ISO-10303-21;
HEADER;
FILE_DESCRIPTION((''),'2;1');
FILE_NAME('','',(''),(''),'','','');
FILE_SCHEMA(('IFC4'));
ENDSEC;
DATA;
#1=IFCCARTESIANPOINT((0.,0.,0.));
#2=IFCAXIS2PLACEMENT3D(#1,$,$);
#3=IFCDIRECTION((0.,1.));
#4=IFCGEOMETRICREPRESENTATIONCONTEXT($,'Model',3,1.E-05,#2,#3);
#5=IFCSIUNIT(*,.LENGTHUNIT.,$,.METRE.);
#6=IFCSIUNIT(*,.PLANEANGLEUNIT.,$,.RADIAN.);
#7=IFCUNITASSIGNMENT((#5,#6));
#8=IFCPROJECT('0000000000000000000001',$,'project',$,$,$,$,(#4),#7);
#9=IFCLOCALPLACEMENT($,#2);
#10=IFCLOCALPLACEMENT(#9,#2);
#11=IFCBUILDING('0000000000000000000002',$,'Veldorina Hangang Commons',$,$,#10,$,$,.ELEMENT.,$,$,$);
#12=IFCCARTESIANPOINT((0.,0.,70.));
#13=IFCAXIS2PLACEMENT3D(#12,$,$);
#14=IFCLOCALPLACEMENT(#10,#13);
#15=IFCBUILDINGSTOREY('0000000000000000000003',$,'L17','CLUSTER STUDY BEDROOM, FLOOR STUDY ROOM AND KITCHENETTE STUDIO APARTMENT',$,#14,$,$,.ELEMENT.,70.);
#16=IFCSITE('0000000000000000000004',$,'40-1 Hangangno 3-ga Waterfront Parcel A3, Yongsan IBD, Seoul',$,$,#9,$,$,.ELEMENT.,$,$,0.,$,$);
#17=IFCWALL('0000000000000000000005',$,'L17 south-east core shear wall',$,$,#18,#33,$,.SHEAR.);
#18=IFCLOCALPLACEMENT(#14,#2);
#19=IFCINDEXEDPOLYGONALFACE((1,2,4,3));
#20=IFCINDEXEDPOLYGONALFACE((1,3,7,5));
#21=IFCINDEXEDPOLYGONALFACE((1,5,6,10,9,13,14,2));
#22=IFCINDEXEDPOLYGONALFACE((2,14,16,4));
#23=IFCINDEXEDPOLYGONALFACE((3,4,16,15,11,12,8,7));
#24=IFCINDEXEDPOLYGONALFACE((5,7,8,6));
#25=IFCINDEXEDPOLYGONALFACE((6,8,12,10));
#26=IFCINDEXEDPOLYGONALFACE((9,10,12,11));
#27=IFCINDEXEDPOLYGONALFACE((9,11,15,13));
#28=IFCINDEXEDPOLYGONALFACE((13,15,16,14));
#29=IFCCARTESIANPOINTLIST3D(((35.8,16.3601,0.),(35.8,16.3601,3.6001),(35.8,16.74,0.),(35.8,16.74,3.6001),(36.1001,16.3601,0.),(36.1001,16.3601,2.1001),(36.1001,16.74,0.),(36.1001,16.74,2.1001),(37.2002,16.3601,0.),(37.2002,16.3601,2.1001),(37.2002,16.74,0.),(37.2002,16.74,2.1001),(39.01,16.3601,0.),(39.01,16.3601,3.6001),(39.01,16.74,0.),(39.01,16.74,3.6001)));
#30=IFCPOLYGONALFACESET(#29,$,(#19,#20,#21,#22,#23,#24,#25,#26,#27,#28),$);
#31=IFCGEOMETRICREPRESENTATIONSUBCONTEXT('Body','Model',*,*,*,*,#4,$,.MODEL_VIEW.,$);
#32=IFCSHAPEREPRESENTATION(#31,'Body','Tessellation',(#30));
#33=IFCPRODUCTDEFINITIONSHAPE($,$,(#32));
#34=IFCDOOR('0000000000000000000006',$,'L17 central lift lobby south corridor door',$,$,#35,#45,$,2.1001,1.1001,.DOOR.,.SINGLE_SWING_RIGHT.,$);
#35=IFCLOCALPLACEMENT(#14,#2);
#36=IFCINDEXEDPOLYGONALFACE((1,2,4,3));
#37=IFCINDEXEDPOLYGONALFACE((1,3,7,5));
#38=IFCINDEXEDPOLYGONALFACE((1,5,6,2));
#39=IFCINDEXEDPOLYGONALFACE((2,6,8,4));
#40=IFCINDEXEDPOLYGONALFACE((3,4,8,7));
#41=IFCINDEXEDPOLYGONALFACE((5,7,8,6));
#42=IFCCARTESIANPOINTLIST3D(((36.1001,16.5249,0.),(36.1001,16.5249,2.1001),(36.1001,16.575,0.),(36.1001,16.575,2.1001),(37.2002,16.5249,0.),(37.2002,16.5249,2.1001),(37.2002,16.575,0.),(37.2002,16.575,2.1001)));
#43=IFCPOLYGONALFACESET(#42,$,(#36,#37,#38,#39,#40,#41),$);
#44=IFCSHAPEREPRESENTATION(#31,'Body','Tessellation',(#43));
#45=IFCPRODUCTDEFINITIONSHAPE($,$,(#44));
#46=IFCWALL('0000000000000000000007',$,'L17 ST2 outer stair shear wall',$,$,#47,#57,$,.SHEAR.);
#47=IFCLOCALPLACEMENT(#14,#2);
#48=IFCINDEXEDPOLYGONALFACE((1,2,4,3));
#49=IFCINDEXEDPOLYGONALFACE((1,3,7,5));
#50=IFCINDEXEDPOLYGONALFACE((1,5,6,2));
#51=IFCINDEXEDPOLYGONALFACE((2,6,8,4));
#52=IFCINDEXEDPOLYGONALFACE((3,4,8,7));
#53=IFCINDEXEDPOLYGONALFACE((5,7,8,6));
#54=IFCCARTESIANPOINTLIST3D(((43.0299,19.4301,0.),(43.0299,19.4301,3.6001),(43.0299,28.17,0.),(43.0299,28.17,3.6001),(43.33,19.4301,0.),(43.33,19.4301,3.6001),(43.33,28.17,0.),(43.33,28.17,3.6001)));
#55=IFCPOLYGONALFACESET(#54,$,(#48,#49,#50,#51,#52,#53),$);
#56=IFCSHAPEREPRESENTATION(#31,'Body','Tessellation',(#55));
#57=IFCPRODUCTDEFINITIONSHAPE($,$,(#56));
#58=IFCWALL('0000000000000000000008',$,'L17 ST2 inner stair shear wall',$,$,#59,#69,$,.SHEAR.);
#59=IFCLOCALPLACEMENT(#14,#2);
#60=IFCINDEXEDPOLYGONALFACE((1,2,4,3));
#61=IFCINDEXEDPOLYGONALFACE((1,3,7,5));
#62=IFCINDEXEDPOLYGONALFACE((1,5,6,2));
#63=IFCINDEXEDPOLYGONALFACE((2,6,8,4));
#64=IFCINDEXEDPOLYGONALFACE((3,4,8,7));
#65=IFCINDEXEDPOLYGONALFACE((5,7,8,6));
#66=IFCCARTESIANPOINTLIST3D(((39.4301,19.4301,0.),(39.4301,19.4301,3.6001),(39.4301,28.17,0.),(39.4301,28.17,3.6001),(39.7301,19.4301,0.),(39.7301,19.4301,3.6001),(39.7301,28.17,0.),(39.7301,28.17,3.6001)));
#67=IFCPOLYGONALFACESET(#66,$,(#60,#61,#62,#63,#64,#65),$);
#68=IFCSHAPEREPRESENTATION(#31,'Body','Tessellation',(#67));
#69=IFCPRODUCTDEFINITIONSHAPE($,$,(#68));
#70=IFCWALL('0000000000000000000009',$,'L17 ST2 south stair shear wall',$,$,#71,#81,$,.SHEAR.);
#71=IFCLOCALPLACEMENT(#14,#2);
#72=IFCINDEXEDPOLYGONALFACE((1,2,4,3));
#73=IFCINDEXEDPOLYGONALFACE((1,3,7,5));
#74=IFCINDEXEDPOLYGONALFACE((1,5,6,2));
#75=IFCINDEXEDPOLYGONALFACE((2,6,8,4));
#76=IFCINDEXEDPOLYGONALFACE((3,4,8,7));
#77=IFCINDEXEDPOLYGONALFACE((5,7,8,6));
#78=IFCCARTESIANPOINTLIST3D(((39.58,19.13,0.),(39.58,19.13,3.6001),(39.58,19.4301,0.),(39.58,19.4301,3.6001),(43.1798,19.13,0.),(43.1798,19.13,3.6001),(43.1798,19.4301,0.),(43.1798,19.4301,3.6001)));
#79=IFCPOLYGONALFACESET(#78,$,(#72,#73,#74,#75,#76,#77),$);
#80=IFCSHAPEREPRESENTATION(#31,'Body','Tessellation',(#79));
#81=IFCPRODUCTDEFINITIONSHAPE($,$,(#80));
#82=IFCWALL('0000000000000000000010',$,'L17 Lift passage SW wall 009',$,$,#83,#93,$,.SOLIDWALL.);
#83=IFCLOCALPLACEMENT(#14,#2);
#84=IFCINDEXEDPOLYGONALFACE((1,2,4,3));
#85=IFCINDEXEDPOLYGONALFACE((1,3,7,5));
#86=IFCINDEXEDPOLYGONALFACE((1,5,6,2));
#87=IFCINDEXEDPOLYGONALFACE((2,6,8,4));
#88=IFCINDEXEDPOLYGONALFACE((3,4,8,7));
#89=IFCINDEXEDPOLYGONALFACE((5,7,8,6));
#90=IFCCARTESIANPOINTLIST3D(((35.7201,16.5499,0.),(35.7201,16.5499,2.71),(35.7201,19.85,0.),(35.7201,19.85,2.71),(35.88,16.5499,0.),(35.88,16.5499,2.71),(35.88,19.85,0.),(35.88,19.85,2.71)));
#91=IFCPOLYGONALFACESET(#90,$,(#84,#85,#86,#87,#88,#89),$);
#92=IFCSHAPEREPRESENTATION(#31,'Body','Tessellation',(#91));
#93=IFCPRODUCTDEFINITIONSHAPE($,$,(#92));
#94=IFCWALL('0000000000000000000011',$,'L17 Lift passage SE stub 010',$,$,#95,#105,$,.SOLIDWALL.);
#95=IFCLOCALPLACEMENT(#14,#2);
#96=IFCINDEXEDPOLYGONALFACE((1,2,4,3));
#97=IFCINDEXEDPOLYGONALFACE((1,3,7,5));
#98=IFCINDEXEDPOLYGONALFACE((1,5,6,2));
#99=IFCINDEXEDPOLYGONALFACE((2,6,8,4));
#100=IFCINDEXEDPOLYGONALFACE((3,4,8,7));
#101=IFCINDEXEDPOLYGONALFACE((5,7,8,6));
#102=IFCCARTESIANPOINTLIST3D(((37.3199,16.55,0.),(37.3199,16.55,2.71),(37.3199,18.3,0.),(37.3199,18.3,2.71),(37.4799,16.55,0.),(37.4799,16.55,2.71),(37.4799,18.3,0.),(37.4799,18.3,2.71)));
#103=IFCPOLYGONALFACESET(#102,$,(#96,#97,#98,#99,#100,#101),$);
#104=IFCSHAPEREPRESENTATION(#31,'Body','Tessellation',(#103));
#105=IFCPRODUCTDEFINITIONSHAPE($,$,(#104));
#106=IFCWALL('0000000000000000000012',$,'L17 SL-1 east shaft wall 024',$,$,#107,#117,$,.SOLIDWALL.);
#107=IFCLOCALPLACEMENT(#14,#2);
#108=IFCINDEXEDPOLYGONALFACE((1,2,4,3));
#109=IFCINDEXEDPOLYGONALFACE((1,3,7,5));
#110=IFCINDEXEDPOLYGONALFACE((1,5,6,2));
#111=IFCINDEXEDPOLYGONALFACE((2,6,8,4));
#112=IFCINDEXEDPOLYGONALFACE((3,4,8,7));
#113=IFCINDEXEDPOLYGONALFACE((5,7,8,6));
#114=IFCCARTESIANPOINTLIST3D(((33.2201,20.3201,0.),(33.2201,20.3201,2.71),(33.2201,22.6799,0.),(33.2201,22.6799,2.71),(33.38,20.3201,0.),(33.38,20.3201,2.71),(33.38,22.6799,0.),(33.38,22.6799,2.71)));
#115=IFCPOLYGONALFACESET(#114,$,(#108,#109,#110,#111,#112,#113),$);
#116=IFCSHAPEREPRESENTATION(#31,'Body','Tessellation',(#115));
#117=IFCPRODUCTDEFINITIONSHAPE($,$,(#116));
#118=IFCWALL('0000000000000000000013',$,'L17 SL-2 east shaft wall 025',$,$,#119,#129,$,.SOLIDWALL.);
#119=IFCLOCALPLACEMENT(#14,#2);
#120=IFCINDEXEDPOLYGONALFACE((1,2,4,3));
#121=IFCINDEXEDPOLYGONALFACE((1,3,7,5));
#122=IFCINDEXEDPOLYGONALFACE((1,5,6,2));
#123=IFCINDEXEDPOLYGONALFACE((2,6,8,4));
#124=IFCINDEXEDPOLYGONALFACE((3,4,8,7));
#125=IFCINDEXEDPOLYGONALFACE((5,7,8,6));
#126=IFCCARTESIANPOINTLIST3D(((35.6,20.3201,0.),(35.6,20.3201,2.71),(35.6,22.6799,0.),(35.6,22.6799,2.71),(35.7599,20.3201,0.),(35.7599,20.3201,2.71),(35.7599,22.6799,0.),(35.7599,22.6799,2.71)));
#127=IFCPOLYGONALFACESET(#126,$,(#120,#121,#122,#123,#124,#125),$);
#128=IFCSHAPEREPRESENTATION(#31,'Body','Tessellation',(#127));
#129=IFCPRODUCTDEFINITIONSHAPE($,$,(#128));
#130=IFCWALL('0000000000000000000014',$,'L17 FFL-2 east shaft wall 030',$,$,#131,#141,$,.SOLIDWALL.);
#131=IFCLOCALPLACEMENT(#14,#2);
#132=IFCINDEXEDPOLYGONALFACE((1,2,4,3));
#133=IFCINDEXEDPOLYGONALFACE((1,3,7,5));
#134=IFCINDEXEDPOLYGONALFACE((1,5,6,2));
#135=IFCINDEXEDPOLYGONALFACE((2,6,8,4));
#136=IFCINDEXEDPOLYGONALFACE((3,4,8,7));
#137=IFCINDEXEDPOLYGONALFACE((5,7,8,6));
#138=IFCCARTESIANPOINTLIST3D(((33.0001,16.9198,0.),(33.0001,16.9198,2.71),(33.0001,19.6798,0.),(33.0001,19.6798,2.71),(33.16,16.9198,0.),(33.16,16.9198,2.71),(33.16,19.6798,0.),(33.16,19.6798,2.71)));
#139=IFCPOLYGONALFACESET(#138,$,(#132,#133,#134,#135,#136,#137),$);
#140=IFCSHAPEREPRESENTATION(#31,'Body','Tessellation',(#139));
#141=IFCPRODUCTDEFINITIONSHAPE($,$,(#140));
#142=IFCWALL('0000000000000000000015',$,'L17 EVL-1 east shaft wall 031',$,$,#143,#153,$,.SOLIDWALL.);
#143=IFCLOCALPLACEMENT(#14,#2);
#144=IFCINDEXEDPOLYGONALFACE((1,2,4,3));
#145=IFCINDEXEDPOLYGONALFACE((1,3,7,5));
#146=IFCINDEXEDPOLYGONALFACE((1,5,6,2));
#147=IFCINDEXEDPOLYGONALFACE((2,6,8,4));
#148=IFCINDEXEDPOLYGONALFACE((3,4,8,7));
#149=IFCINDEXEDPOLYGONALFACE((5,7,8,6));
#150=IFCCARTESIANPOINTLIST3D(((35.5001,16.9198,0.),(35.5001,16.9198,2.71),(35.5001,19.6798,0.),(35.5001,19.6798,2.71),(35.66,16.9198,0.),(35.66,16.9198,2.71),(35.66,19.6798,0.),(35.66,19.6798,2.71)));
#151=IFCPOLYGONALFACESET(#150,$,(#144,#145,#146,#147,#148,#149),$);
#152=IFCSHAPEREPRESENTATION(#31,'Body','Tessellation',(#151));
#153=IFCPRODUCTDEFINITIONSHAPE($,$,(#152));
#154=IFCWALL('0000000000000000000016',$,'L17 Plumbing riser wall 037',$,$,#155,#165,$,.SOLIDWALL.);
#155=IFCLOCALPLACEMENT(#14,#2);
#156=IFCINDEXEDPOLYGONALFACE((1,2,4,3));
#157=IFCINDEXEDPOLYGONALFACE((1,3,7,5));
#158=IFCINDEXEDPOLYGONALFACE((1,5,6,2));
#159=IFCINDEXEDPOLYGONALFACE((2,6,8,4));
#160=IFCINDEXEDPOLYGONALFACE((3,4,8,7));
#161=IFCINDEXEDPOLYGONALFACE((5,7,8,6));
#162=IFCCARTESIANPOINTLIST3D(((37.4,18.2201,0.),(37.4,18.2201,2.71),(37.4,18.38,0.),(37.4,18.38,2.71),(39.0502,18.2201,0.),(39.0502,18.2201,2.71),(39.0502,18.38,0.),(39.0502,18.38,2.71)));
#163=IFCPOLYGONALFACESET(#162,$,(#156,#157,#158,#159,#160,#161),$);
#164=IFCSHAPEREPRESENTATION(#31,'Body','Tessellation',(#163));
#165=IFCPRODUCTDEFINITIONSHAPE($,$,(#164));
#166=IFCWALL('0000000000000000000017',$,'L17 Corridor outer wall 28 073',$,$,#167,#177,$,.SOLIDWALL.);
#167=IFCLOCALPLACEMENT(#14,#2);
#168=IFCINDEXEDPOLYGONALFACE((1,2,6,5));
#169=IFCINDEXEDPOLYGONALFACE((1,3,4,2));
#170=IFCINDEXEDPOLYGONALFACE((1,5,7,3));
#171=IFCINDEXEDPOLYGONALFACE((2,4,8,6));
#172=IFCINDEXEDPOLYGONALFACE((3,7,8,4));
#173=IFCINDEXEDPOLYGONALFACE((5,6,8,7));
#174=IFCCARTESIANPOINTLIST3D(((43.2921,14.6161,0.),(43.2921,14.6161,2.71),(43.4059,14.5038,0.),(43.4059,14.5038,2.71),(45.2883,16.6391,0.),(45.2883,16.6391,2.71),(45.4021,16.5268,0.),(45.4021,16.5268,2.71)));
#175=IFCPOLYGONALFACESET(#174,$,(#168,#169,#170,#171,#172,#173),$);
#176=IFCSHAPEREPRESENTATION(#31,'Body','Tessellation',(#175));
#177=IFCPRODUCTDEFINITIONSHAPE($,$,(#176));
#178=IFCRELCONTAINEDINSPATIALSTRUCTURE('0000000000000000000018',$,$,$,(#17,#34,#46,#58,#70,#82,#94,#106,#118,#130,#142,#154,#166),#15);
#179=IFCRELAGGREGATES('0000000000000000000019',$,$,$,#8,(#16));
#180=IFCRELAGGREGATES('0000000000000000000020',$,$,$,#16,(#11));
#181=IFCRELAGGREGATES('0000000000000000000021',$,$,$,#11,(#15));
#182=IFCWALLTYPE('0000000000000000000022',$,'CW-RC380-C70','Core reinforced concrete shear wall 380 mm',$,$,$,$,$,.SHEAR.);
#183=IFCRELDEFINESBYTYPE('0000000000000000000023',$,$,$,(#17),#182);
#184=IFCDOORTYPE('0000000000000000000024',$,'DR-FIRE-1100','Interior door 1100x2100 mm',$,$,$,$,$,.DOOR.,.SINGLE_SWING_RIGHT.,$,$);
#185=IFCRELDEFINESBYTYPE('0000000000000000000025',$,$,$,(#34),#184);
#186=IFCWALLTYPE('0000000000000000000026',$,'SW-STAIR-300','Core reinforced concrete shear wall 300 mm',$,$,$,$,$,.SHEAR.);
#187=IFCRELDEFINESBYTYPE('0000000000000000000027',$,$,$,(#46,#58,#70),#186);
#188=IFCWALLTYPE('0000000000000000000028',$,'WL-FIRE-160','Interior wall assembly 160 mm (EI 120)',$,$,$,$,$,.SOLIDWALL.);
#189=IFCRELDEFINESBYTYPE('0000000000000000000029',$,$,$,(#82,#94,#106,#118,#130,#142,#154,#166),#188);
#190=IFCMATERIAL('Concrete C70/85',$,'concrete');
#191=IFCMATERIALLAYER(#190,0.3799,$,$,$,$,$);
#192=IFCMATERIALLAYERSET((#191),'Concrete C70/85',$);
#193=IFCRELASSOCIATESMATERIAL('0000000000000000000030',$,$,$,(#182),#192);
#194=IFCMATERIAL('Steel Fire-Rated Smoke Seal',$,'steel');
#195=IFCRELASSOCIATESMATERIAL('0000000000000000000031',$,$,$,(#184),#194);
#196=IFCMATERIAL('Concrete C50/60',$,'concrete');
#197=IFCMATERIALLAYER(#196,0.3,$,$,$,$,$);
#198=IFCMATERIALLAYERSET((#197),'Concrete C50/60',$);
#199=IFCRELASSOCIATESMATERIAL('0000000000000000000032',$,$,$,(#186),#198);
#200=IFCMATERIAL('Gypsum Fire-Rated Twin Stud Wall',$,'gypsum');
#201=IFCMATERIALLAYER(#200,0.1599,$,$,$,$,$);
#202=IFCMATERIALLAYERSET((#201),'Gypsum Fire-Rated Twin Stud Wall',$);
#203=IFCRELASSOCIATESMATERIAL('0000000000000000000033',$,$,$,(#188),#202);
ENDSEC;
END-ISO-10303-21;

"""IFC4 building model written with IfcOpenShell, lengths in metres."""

from ifc_helpers import new_model, si_unit, direction, frame, frame_2d, origin, place, context, subcontext, project, spatial, rectangle, extrude, material, layer, layer_set, type_object, element, fill, save


model = new_model("IFC4")

# Units and contexts
model_context = context("Model", 3, precision=1e-05, world=origin(), true_north=direction((0.0, 1.0)))
body_context = subcontext(model_context, "Body", "Model", "MODEL_VIEW")
ifc_project = project(units=[si_unit("LENGTHUNIT", "METRE"), si_unit("PLANEANGLEUNIT", "RADIAN")], contexts=[model_context])

# Site, building, storey
site_placement = place(None, origin())
site = spatial("IfcSite", under=ifc_project, at=site_placement, Name="40-1 Hangangno 3-ga Waterfront Parcel A3, Yongsan IBD, Seoul", CompositionType="ELEMENT", RefElevation=0.0)
building_placement = place(site_placement, origin())
building = spatial("IfcBuilding", under=site, at=building_placement, Name="Veldorina Hangang Commons", CompositionType="ELEMENT")
storey_placement = place(building_placement, frame((0.0, 0.0, 70.0)))
storey = spatial("IfcBuildingStorey", under=building, at=storey_placement, Name="L17", Description="CLUSTER STUDY BEDROOM, FLOOR STUDY ROOM AND KITCHENETTE STUDIO APARTMENT", CompositionType="ELEMENT", Elevation=70.0)

# Shared definitions
ifc_material_1 = material(Name="Concrete C70/85", Category="concrete")

# Shared definitions
ifc_layer_1 = layer(ifc_material_1, 0.3799)
ifc_layer_set_1 = layer_set([ifc_layer_1], Name="Concrete C70/85")
wall_type_1 = type_object("IfcWallType", Name="CW-RC380-C70", Description="Core reinforced concrete shear wall 380 mm", PredefinedType="SHEAR", material=ifc_layer_set_1)

# Wall, opening, door
wall_1_placement = place(storey_placement, frame((35.8, 16.55, 0.0), z_axis=(0.0, 0.0, 1.0), x_axis=(1.0, 0.0, 0.0)))
wall_1 = element("IfcWall", 1, at=wall_1_placement, inside=storey, type_object=wall_type_1, Name="L17 south-east core shear wall", PredefinedType="SHEAR", context=body_context, shape_type="SweptSolid", body=[
    extrude(rectangle(XDim=3.21, YDim=0.3799, at=frame_2d((1.605, 0.0))), origin(), (0.0, 0.0, 1.0), 3.6001),
])
opening_1_placement = place(wall_1_placement, frame((0.3, 0.0, 0.0)))
opening_1 = element("IfcOpeningElement", 2, at=opening_1_placement, cuts=wall_1, PredefinedType="OPENING", context=body_context, shape_type="SweptSolid", body=[
    extrude(rectangle(XDim=1.1001, YDim=2.1001, at=frame_2d((0.55, 1.05))), frame((0.0, 0.2, 0.0), z_axis=(0.0, -1.0, 0.0), x_axis=(1.0, 0.0, 0.0)), (0.0, 0.0, 1.0), 0.3999),
])
ifc_material_2 = material(Name="Steel Fire-Rated Smoke Seal", Category="steel")
door_type_1 = type_object("IfcDoorType", Name="DR-FIRE-1100", Description="Interior door 1100x2100 mm", OperationType="SINGLE_SWING_RIGHT", PredefinedType="DOOR", material=ifc_material_2)
door_1_placement = place(opening_1_placement, origin())
door_1 = element("IfcDoor", 3, at=door_1_placement, inside=storey, type_object=door_type_1, Name="L17 central lift lobby south corridor door", OperationType="SINGLE_SWING_RIGHT", OverallHeight=2.1001, OverallWidth=1.1001, PredefinedType="DOOR", context=body_context, shape_type="SweptSolid", body=[
    extrude(rectangle(XDim=1.1001, YDim=2.1001, at=frame_2d((0.55, 1.05))), frame((0.0, 0.0249, 0.0), z_axis=(0.0, -1.0, 0.0), x_axis=(1.0, 0.0, 0.0)), (0.0, 0.0, 1.0), 0.05),
])
fill(opening_1, door_1)

# Walls
ifc_material_3 = material(Name="Concrete C50/60", Category="concrete")
ifc_layer_2 = layer(ifc_material_3, 0.3)
ifc_layer_set_2 = layer_set([ifc_layer_2], Name="Concrete C50/60")
wall_type_2 = type_object("IfcWallType", Name="SW-STAIR-300", Description="Core reinforced concrete shear wall 300 mm", PredefinedType="SHEAR", material=ifc_layer_set_2)
for number, where, z_axis, x_axis, name in (
    (4, (43.1799, 19.4299, 0.0), (0.0, 0.0, 1.0), (0.0, 1.0, 0.0), "L17 ST2 outer stair shear wall"),
    (5, (39.5801, 19.4299, 0.0), (0.0, 0.0, 1.0), (0.0, 1.0, 0.0), "L17 ST2 inner stair shear wall"),
):
    element("IfcWall", number, at=place(storey_placement, frame(where, z_axis=z_axis, x_axis=x_axis)), inside=storey, type_object=wall_type_2, Name=name, PredefinedType="SHEAR", context=body_context, shape_type="SweptSolid", body=[
        extrude(rectangle(XDim=8.74, YDim=0.3, at=frame_2d((4.3701, 0.0))), origin(), (0.0, 0.0, 1.0), 3.6001),
    ])
wall_2_placement = place(storey_placement, frame((39.5801, 19.28, 0.0), z_axis=(0.0, 0.0, 1.0), x_axis=(1.0, 0.0, 0.0)))
element("IfcWall", 6, at=wall_2_placement, inside=storey, type_object=wall_type_2, Name="L17 ST2 south stair shear wall", PredefinedType="SHEAR", context=body_context, shape_type="SweptSolid", body=[
    extrude(rectangle(XDim=3.5999, YDim=0.3, at=frame_2d((1.7998, 0.0))), origin(), (0.0, 0.0, 1.0), 3.6001),
])
ifc_material_4 = material(Name="Gypsum Fire-Rated Twin Stud Wall", Category="gypsum")
ifc_layer_3 = layer(ifc_material_4, 0.1599)
ifc_layer_set_3 = layer_set([ifc_layer_3], Name="Gypsum Fire-Rated Twin Stud Wall")
wall_type_3 = type_object("IfcWallType", Name="WL-FIRE-160", Description="Interior wall assembly 160 mm (EI 120)", PredefinedType="SOLIDWALL", material=ifc_layer_set_3)
wall_3_placement = place(storey_placement, frame((35.8, 16.55, 0.0), z_axis=(0.0, 0.0, 1.0), x_axis=(0.0, 1.0, 0.0)))
element("IfcWall", 7, at=wall_3_placement, inside=storey, type_object=wall_type_3, Name="L17 Lift passage SW wall 009", PredefinedType="SOLIDWALL", context=body_context, shape_type="SweptSolid", body=[
    extrude(rectangle(XDim=3.3, YDim=0.1599, at=frame_2d((1.6499, 0.0))), origin(), (0.0, 0.0, 1.0), 2.71),
])
wall_4_placement = place(storey_placement, frame((37.3999, 16.55, 0.0), z_axis=(0.0, 0.0, 1.0), x_axis=(0.0, 1.0, 0.0)))
element("IfcWall", 8, at=wall_4_placement, inside=storey, type_object=wall_type_3, Name="L17 Lift passage SE stub 010", PredefinedType="SOLIDWALL", context=body_context, shape_type="SweptSolid", body=[
    extrude(rectangle(XDim=1.75, YDim=0.1599, at=frame_2d((0.875, 0.0))), origin(), (0.0, 0.0, 1.0), 2.71),
])
for number, where, z_axis, x_axis, name in (
    (9, (33.3, 20.3201, 0.0), (0.0, 0.0, 1.0), (0.0, 1.0, 0.0), "L17 SL-1 east shaft wall 024"),
    (10, (35.6799, 20.3201, 0.0), (0.0, 0.0, 1.0), (0.0, 1.0, 0.0), "L17 SL-2 east shaft wall 025"),
):
    element("IfcWall", number, at=place(storey_placement, frame(where, z_axis=z_axis, x_axis=x_axis)), inside=storey, type_object=wall_type_3, Name=name, PredefinedType="SOLIDWALL", context=body_context, shape_type="SweptSolid", body=[
        extrude(rectangle(XDim=2.3599, YDim=0.1599, at=frame_2d((1.1799, 0.0))), origin(), (0.0, 0.0, 1.0), 2.71),
    ])
for number, where, z_axis, x_axis, name in (
    (11, (33.0801, 16.9199, 0.0), (0.0, 0.0, 1.0), (0.0, 1.0, 0.0), "L17 FFL-2 east shaft wall 030"),
    (12, (35.5801, 16.9199, 0.0), (0.0, 0.0, 1.0), (0.0, 1.0, 0.0), "L17 EVL-1 east shaft wall 031"),
):
    element("IfcWall", number, at=place(storey_placement, frame(where, z_axis=z_axis, x_axis=x_axis)), inside=storey, type_object=wall_type_3, Name=name, PredefinedType="SOLIDWALL", context=body_context, shape_type="SweptSolid", body=[
        extrude(rectangle(XDim=2.76, YDim=0.1599, at=frame_2d((1.3799, 0.0))), origin(), (0.0, 0.0, 1.0), 2.71),
    ])
wall_5_placement = place(storey_placement, frame((37.3999, 18.3, 0.0), z_axis=(0.0, 0.0, 1.0), x_axis=(1.0, 0.0, 0.0)))
element("IfcWall", 13, at=wall_5_placement, inside=storey, type_object=wall_type_3, Name="L17 Plumbing riser wall 037", PredefinedType="SOLIDWALL", context=body_context, shape_type="SweptSolid", body=[
    extrude(rectangle(XDim=1.6501, YDim=0.1599, at=frame_2d((0.8252, 0.0))), origin(), (0.0, 0.0, 1.0), 2.71),
])
wall_6_placement = place(storey_placement, frame((43.3491, 14.5601, 0.0), z_axis=(0.0, 0.0, 1.0), x_axis=(0.702366, 0.711816, 0.0)))
element("IfcWall", 14, at=wall_6_placement, inside=storey, type_object=wall_type_3, Name="L17 Corridor outer wall 28 073", PredefinedType="SOLIDWALL", context=body_context, shape_type="SweptSolid", body=[
    extrude(rectangle(XDim=2.842, YDim=0.1599, at=frame_2d((1.4209, 0.0))), origin(), (0.0, 0.0, 1.0), 2.71),
])

save(model, "model.ifc")
